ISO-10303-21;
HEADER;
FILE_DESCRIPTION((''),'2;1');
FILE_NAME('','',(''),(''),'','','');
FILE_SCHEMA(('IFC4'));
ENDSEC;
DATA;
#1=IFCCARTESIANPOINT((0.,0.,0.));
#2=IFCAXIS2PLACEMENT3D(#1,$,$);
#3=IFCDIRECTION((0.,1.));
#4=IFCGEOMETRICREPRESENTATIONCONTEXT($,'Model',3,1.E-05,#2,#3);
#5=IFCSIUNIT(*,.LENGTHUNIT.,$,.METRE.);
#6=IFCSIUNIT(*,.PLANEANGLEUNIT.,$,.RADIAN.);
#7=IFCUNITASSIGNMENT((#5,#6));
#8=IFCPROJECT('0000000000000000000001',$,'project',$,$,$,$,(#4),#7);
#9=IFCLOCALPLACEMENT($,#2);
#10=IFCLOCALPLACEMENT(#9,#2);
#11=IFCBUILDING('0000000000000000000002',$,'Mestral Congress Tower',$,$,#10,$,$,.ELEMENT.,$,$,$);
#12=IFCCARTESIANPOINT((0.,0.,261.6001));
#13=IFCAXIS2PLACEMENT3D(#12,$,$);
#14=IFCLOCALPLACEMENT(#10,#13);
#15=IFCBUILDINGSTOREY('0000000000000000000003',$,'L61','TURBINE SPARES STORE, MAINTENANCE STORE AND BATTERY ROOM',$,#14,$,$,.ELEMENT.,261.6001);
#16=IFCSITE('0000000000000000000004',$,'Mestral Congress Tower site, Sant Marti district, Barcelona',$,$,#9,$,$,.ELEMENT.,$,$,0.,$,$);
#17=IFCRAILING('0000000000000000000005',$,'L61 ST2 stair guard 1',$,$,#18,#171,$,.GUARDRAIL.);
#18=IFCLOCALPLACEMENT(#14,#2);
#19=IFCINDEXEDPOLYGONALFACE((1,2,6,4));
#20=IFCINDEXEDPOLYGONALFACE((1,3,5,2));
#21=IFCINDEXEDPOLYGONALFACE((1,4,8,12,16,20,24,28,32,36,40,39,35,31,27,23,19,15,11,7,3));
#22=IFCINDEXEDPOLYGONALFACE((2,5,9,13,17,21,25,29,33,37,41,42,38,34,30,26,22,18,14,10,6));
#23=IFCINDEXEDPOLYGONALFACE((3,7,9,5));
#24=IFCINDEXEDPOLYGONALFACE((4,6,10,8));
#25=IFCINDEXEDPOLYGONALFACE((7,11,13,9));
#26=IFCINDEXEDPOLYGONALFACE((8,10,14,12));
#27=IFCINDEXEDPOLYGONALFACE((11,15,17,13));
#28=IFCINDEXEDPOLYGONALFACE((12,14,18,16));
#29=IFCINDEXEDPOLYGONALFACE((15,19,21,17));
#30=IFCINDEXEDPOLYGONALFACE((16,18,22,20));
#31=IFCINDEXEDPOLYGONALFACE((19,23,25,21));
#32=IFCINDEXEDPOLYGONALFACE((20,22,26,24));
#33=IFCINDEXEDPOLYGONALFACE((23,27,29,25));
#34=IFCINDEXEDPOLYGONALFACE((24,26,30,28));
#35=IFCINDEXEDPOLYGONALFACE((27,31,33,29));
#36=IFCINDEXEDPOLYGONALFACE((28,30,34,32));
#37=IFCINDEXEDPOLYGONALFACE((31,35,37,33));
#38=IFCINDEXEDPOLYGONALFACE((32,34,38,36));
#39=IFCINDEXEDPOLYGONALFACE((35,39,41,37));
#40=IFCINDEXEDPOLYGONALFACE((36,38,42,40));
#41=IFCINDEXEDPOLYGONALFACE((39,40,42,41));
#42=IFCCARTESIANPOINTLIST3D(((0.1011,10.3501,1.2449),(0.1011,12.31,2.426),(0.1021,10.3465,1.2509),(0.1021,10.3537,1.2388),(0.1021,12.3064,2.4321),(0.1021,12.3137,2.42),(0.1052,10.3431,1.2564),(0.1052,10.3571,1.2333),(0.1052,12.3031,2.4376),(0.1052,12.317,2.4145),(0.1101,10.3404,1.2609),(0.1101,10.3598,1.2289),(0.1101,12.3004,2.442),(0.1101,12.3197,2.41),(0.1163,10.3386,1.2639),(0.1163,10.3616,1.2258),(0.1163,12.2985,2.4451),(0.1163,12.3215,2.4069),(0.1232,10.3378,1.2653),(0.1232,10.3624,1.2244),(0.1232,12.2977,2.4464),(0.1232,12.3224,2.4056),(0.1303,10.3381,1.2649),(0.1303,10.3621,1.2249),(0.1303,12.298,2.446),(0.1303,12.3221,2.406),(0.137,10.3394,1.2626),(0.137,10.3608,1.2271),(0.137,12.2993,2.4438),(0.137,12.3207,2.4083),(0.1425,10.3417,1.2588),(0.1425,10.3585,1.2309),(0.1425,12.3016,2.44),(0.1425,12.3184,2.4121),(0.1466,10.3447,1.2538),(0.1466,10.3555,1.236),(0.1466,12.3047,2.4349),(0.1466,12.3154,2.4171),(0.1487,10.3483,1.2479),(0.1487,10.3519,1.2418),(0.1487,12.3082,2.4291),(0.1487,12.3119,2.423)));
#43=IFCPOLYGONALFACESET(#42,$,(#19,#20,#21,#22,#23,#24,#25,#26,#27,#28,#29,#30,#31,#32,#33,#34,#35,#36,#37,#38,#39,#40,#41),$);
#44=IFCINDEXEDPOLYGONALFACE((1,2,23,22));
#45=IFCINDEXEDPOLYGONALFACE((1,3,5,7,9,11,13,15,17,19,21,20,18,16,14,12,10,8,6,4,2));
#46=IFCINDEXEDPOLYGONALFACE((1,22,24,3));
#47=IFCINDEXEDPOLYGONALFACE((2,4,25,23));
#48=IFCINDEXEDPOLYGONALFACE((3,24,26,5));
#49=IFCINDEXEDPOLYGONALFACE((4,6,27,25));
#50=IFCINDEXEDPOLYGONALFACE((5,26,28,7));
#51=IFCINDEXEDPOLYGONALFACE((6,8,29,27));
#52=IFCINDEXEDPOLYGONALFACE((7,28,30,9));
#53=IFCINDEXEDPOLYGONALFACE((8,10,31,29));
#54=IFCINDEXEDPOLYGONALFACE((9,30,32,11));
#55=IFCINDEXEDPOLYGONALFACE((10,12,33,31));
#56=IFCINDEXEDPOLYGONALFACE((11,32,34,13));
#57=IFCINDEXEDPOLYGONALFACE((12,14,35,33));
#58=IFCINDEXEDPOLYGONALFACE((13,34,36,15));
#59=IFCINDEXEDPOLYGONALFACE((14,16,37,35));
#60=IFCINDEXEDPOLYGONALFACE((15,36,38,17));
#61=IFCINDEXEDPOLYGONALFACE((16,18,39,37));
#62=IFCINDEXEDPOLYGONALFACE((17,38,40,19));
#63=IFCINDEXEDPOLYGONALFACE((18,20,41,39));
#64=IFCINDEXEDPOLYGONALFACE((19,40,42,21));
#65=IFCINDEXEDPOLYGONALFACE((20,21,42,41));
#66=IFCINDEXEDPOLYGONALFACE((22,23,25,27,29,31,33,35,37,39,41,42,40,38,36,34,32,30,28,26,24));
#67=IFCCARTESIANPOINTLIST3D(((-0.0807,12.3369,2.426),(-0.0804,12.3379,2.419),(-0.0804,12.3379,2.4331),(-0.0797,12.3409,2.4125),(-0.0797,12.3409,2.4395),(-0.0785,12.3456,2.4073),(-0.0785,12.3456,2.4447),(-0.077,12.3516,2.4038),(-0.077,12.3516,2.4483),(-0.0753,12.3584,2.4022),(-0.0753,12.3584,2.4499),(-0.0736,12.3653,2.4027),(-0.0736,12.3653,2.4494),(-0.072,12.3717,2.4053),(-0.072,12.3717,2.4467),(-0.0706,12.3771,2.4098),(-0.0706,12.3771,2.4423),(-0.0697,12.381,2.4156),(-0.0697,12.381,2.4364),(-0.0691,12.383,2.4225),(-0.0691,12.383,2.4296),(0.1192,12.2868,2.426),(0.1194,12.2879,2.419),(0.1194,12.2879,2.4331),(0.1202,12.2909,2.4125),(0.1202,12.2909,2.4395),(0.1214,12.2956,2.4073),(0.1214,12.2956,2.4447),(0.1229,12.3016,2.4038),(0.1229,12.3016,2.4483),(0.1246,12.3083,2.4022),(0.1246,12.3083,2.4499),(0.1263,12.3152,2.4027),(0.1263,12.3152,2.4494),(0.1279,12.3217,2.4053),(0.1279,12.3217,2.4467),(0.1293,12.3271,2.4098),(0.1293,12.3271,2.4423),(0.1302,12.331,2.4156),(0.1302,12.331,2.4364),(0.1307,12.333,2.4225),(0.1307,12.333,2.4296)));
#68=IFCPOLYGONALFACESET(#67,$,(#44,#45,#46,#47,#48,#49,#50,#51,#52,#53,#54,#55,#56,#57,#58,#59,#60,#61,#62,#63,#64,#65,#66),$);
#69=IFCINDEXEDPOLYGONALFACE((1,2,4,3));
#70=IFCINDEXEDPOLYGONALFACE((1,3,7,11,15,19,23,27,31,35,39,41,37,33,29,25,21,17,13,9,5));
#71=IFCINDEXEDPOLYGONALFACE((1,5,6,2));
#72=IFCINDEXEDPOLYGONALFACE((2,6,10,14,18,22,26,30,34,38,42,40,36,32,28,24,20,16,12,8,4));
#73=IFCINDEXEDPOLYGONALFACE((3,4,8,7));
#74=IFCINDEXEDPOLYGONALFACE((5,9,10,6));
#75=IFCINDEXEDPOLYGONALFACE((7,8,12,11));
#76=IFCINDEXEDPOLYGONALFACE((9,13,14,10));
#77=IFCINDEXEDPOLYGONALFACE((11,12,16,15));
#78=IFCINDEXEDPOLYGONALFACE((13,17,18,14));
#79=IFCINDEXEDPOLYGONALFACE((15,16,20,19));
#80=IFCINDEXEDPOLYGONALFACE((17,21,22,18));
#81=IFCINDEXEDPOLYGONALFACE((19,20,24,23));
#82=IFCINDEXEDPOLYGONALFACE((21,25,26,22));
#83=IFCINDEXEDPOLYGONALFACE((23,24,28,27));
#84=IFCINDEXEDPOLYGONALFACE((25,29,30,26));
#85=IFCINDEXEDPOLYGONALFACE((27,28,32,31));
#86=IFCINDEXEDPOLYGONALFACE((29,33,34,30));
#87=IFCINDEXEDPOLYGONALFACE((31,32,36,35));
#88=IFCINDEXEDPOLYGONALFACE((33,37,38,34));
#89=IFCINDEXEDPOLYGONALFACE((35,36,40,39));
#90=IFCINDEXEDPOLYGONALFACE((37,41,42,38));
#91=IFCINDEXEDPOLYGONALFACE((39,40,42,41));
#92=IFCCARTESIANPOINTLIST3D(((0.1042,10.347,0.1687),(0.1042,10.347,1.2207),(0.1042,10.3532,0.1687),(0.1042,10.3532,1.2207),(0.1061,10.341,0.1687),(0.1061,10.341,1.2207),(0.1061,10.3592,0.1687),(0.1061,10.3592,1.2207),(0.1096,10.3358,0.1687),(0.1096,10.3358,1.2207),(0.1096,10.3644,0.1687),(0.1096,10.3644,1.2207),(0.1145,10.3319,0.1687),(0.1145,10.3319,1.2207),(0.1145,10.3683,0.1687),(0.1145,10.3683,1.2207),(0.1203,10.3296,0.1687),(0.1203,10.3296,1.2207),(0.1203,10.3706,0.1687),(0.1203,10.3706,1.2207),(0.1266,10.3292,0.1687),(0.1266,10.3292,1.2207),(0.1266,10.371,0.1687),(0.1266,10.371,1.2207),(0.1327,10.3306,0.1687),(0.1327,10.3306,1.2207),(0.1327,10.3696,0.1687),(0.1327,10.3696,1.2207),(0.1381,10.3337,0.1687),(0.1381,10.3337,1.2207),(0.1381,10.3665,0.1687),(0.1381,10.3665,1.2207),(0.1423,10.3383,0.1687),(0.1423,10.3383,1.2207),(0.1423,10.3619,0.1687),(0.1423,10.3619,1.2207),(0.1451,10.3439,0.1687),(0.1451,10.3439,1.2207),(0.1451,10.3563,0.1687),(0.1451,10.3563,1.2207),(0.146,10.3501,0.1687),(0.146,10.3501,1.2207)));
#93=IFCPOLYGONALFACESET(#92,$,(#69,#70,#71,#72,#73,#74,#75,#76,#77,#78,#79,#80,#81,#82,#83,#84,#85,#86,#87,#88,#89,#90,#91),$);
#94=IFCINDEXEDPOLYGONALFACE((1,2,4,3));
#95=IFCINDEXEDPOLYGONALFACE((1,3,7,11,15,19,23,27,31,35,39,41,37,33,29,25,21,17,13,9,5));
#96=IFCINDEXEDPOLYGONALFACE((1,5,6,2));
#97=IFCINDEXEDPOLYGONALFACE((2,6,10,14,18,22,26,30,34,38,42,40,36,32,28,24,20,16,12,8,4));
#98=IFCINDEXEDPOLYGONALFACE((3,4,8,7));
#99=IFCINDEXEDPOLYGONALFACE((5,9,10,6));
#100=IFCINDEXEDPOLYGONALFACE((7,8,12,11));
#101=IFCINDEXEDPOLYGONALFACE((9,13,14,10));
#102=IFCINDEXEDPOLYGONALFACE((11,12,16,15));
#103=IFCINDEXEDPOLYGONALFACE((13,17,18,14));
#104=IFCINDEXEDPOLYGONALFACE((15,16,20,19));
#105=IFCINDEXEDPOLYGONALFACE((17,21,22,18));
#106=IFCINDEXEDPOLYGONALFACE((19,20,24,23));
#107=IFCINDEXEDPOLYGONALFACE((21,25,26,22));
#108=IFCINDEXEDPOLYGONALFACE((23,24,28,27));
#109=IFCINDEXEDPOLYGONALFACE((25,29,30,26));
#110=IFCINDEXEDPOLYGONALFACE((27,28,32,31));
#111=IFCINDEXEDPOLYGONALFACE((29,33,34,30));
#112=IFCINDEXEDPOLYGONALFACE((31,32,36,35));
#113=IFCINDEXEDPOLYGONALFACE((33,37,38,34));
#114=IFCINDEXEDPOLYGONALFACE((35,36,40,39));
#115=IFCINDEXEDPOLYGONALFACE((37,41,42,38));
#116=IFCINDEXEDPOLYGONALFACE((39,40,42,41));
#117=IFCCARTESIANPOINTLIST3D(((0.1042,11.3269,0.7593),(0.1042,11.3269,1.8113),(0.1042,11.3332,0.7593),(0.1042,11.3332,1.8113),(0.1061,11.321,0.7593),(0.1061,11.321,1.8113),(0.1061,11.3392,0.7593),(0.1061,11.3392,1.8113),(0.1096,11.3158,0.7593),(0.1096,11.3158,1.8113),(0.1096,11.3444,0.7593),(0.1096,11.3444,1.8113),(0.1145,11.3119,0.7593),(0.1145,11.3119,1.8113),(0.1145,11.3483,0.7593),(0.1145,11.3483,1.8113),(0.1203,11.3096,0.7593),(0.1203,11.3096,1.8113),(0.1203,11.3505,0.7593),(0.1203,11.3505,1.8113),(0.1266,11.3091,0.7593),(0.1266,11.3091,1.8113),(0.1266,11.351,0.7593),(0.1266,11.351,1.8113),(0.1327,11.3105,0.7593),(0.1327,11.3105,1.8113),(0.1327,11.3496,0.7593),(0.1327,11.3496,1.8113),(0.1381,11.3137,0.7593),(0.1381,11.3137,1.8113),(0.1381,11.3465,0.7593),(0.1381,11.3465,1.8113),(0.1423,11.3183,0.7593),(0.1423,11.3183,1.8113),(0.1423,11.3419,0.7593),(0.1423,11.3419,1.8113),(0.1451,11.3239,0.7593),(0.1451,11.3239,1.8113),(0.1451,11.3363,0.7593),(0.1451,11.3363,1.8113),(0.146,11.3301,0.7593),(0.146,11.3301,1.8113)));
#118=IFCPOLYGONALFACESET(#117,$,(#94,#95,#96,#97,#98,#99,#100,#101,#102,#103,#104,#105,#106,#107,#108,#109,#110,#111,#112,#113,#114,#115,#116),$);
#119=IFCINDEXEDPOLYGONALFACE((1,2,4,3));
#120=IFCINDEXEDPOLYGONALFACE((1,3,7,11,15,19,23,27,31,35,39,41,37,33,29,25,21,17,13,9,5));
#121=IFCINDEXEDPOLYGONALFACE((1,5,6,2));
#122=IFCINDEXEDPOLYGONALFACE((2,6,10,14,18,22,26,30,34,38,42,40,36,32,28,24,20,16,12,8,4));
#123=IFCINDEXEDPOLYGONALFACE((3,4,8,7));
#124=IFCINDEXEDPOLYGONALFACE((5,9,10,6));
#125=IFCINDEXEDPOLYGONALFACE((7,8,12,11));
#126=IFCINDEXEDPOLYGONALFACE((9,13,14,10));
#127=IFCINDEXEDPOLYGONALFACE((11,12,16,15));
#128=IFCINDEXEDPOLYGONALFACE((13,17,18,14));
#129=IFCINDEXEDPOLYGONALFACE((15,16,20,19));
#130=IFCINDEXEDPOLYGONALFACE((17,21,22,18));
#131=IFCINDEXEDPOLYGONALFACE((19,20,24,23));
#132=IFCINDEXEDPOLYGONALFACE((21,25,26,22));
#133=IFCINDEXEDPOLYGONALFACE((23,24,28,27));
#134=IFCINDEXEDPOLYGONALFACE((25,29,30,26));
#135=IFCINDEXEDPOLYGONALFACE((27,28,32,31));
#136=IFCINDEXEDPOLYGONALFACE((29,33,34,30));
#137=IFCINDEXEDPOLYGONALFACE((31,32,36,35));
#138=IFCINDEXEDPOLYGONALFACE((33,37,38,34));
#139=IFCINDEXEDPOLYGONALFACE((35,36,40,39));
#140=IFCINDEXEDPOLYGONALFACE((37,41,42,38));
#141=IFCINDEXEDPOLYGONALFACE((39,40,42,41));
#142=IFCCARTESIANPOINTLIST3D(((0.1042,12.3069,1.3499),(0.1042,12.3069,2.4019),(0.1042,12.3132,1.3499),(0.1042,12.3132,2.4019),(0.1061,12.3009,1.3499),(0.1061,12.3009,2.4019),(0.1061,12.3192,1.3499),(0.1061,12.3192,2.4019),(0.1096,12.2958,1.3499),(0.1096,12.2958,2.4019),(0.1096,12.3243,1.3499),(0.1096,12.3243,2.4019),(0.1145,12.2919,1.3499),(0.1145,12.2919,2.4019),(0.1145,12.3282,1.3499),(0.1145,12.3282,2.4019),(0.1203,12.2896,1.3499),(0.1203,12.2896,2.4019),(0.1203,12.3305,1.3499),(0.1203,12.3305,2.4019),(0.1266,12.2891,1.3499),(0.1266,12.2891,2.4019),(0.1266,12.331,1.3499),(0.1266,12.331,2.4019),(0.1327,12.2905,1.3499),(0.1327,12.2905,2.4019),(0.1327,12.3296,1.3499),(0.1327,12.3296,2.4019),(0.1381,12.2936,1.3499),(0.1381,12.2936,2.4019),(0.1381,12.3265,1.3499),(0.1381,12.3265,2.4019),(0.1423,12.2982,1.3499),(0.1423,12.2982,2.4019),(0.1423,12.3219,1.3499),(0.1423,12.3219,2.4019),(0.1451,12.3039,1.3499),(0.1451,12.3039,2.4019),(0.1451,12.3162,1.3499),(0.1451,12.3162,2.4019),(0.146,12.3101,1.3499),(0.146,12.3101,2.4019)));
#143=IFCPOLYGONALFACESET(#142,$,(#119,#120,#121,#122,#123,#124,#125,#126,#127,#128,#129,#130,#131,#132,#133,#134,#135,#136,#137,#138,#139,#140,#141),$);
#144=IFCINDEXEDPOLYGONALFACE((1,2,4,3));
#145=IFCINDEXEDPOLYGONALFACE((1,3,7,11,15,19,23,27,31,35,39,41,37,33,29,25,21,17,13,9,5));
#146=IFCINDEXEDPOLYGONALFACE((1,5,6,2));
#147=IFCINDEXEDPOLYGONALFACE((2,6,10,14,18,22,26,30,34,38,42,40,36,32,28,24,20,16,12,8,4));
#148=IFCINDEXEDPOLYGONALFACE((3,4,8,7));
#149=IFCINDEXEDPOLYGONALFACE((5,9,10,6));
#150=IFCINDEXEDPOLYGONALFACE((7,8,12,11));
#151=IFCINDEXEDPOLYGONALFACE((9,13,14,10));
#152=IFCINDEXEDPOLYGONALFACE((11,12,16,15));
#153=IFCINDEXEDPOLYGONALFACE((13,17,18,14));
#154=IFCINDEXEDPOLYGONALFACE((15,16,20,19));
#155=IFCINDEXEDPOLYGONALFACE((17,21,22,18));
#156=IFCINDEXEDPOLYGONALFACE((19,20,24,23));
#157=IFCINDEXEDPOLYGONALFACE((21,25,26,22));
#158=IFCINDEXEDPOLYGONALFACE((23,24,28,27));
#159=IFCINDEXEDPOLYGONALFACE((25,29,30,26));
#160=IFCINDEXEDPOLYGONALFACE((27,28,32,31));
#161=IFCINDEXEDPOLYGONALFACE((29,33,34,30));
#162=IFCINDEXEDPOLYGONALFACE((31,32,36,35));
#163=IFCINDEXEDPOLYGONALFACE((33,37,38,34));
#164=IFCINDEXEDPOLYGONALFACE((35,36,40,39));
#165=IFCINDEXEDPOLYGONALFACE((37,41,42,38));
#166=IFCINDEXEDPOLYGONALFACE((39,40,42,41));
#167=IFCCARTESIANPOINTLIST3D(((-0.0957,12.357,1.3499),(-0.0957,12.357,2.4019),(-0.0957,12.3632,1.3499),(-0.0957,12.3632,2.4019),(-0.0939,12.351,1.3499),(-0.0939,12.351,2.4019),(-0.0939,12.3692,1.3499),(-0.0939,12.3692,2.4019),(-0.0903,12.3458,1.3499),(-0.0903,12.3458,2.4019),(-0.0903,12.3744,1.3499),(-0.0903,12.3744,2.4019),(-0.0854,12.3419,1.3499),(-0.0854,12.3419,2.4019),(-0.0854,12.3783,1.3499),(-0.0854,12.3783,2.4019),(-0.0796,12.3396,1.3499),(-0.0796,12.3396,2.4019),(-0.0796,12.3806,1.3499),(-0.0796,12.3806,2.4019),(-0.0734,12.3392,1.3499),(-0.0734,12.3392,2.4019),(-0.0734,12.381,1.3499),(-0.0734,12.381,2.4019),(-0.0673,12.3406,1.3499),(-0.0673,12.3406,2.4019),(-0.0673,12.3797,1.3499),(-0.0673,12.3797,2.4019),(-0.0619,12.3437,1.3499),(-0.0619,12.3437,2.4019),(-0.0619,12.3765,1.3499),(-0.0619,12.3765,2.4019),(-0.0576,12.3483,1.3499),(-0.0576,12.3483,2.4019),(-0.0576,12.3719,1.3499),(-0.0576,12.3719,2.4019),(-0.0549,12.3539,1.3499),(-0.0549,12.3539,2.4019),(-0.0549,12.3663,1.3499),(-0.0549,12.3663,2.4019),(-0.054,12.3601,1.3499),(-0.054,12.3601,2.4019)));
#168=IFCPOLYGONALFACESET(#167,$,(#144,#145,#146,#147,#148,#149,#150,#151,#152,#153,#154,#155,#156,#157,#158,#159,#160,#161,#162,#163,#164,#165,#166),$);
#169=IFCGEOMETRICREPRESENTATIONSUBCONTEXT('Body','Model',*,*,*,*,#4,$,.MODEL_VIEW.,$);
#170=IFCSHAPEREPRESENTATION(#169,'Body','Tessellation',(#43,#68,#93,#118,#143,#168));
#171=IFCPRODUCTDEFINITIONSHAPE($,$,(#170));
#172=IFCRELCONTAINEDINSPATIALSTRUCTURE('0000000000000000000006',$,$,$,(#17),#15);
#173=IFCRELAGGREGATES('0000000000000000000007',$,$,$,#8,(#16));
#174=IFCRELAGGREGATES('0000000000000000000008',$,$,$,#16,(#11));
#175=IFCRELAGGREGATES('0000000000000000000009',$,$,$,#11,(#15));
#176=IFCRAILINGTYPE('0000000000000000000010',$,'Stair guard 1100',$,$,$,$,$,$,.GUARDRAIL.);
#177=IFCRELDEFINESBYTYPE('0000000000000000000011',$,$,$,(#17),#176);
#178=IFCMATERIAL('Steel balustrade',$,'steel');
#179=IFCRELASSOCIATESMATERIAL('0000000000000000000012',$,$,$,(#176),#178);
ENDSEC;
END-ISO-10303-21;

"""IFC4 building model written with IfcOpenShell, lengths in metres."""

from ifc_helpers import new_model, si_unit, direction, frame, origin, origin_2d, place, context, subcontext, project, spatial, circle, extrude, material, type_object, element, save


model = new_model("IFC4")

# Units and contexts
model_context = context("Model", 3, precision=1e-05, world=origin(), true_north=direction((0.0, 1.0)))
body_context = subcontext(model_context, "Body", "Model", "MODEL_VIEW")
ifc_project = project(units=[si_unit("LENGTHUNIT", "METRE"), si_unit("PLANEANGLEUNIT", "RADIAN")], contexts=[model_context])

# Site, building, storey
site_placement = place(None, origin())
site = spatial("IfcSite", under=ifc_project, at=site_placement, Name="Mestral Congress Tower site, Sant Marti district, Barcelona", CompositionType="ELEMENT", RefElevation=0.0)
building_placement = place(site_placement, origin())
building = spatial("IfcBuilding", under=site, at=building_placement, Name="Mestral Congress Tower", CompositionType="ELEMENT")
storey_placement = place(building_placement, frame((0.0, 0.0, 261.6001)))
storey = spatial("IfcBuildingStorey", under=building, at=storey_placement, Name="L61", Description="TURBINE SPARES STORE, MAINTENANCE STORE AND BATTERY ROOM", CompositionType="ELEMENT", Elevation=261.6001)

# Railing
ifc_material_1 = material(Name="Steel balustrade", Category="steel")
railing_type_1 = type_object("IfcRailingType", Name="Stair guard 1100", PredefinedType="GUARDRAIL", material=ifc_material_1)
for number, where, name in (
    (1, (0.125, 10.3501, 0.1687), "L61 ST2 stair guard 1"),
):
    element("IfcRailing", number, at=place(storey_placement, frame(where)), inside=storey, type_object=railing_type_1, Name=name, PredefinedType="GUARDRAIL", context=body_context, shape_type="SweptSolid", body=[
        extrude(circle(Radius=0.0239, at=origin_2d()), frame((0.0, 0.0, 1.0762), z_axis=(0.0, 0.856493, 0.516158), x_axis=(-1.0, 0.0, 0.0)), (0.0, 0.0, 1.0), 2.2883),
        extrude(circle(Radius=0.0239, at=origin_2d()), frame((0.0, 1.96, 2.2573), z_axis=(-0.970073, 0.242814, 0.0), x_axis=(-0.242814, -0.970073, 0.0)), (0.0, 0.0, 1.0), 0.2061),
        extrude(circle(Radius=0.021, at=origin_2d()), origin(), (0.0, 0.0, 1.0), 1.052),
        extrude(circle(Radius=0.021, at=origin_2d()), frame((0.0, 0.98, 0.5906)), (0.0, 0.0, 1.0), 1.052),
        extrude(circle(Radius=0.021, at=origin_2d()), frame((0.0, 1.96, 1.1812)), (0.0, 0.0, 1.0), 1.052),
        extrude(circle(Radius=0.021, at=origin_2d()), frame((-0.2, 2.01, 1.1812)), (0.0, 0.0, 1.0), 1.052),
    ])

save(model, "model.ifc")
